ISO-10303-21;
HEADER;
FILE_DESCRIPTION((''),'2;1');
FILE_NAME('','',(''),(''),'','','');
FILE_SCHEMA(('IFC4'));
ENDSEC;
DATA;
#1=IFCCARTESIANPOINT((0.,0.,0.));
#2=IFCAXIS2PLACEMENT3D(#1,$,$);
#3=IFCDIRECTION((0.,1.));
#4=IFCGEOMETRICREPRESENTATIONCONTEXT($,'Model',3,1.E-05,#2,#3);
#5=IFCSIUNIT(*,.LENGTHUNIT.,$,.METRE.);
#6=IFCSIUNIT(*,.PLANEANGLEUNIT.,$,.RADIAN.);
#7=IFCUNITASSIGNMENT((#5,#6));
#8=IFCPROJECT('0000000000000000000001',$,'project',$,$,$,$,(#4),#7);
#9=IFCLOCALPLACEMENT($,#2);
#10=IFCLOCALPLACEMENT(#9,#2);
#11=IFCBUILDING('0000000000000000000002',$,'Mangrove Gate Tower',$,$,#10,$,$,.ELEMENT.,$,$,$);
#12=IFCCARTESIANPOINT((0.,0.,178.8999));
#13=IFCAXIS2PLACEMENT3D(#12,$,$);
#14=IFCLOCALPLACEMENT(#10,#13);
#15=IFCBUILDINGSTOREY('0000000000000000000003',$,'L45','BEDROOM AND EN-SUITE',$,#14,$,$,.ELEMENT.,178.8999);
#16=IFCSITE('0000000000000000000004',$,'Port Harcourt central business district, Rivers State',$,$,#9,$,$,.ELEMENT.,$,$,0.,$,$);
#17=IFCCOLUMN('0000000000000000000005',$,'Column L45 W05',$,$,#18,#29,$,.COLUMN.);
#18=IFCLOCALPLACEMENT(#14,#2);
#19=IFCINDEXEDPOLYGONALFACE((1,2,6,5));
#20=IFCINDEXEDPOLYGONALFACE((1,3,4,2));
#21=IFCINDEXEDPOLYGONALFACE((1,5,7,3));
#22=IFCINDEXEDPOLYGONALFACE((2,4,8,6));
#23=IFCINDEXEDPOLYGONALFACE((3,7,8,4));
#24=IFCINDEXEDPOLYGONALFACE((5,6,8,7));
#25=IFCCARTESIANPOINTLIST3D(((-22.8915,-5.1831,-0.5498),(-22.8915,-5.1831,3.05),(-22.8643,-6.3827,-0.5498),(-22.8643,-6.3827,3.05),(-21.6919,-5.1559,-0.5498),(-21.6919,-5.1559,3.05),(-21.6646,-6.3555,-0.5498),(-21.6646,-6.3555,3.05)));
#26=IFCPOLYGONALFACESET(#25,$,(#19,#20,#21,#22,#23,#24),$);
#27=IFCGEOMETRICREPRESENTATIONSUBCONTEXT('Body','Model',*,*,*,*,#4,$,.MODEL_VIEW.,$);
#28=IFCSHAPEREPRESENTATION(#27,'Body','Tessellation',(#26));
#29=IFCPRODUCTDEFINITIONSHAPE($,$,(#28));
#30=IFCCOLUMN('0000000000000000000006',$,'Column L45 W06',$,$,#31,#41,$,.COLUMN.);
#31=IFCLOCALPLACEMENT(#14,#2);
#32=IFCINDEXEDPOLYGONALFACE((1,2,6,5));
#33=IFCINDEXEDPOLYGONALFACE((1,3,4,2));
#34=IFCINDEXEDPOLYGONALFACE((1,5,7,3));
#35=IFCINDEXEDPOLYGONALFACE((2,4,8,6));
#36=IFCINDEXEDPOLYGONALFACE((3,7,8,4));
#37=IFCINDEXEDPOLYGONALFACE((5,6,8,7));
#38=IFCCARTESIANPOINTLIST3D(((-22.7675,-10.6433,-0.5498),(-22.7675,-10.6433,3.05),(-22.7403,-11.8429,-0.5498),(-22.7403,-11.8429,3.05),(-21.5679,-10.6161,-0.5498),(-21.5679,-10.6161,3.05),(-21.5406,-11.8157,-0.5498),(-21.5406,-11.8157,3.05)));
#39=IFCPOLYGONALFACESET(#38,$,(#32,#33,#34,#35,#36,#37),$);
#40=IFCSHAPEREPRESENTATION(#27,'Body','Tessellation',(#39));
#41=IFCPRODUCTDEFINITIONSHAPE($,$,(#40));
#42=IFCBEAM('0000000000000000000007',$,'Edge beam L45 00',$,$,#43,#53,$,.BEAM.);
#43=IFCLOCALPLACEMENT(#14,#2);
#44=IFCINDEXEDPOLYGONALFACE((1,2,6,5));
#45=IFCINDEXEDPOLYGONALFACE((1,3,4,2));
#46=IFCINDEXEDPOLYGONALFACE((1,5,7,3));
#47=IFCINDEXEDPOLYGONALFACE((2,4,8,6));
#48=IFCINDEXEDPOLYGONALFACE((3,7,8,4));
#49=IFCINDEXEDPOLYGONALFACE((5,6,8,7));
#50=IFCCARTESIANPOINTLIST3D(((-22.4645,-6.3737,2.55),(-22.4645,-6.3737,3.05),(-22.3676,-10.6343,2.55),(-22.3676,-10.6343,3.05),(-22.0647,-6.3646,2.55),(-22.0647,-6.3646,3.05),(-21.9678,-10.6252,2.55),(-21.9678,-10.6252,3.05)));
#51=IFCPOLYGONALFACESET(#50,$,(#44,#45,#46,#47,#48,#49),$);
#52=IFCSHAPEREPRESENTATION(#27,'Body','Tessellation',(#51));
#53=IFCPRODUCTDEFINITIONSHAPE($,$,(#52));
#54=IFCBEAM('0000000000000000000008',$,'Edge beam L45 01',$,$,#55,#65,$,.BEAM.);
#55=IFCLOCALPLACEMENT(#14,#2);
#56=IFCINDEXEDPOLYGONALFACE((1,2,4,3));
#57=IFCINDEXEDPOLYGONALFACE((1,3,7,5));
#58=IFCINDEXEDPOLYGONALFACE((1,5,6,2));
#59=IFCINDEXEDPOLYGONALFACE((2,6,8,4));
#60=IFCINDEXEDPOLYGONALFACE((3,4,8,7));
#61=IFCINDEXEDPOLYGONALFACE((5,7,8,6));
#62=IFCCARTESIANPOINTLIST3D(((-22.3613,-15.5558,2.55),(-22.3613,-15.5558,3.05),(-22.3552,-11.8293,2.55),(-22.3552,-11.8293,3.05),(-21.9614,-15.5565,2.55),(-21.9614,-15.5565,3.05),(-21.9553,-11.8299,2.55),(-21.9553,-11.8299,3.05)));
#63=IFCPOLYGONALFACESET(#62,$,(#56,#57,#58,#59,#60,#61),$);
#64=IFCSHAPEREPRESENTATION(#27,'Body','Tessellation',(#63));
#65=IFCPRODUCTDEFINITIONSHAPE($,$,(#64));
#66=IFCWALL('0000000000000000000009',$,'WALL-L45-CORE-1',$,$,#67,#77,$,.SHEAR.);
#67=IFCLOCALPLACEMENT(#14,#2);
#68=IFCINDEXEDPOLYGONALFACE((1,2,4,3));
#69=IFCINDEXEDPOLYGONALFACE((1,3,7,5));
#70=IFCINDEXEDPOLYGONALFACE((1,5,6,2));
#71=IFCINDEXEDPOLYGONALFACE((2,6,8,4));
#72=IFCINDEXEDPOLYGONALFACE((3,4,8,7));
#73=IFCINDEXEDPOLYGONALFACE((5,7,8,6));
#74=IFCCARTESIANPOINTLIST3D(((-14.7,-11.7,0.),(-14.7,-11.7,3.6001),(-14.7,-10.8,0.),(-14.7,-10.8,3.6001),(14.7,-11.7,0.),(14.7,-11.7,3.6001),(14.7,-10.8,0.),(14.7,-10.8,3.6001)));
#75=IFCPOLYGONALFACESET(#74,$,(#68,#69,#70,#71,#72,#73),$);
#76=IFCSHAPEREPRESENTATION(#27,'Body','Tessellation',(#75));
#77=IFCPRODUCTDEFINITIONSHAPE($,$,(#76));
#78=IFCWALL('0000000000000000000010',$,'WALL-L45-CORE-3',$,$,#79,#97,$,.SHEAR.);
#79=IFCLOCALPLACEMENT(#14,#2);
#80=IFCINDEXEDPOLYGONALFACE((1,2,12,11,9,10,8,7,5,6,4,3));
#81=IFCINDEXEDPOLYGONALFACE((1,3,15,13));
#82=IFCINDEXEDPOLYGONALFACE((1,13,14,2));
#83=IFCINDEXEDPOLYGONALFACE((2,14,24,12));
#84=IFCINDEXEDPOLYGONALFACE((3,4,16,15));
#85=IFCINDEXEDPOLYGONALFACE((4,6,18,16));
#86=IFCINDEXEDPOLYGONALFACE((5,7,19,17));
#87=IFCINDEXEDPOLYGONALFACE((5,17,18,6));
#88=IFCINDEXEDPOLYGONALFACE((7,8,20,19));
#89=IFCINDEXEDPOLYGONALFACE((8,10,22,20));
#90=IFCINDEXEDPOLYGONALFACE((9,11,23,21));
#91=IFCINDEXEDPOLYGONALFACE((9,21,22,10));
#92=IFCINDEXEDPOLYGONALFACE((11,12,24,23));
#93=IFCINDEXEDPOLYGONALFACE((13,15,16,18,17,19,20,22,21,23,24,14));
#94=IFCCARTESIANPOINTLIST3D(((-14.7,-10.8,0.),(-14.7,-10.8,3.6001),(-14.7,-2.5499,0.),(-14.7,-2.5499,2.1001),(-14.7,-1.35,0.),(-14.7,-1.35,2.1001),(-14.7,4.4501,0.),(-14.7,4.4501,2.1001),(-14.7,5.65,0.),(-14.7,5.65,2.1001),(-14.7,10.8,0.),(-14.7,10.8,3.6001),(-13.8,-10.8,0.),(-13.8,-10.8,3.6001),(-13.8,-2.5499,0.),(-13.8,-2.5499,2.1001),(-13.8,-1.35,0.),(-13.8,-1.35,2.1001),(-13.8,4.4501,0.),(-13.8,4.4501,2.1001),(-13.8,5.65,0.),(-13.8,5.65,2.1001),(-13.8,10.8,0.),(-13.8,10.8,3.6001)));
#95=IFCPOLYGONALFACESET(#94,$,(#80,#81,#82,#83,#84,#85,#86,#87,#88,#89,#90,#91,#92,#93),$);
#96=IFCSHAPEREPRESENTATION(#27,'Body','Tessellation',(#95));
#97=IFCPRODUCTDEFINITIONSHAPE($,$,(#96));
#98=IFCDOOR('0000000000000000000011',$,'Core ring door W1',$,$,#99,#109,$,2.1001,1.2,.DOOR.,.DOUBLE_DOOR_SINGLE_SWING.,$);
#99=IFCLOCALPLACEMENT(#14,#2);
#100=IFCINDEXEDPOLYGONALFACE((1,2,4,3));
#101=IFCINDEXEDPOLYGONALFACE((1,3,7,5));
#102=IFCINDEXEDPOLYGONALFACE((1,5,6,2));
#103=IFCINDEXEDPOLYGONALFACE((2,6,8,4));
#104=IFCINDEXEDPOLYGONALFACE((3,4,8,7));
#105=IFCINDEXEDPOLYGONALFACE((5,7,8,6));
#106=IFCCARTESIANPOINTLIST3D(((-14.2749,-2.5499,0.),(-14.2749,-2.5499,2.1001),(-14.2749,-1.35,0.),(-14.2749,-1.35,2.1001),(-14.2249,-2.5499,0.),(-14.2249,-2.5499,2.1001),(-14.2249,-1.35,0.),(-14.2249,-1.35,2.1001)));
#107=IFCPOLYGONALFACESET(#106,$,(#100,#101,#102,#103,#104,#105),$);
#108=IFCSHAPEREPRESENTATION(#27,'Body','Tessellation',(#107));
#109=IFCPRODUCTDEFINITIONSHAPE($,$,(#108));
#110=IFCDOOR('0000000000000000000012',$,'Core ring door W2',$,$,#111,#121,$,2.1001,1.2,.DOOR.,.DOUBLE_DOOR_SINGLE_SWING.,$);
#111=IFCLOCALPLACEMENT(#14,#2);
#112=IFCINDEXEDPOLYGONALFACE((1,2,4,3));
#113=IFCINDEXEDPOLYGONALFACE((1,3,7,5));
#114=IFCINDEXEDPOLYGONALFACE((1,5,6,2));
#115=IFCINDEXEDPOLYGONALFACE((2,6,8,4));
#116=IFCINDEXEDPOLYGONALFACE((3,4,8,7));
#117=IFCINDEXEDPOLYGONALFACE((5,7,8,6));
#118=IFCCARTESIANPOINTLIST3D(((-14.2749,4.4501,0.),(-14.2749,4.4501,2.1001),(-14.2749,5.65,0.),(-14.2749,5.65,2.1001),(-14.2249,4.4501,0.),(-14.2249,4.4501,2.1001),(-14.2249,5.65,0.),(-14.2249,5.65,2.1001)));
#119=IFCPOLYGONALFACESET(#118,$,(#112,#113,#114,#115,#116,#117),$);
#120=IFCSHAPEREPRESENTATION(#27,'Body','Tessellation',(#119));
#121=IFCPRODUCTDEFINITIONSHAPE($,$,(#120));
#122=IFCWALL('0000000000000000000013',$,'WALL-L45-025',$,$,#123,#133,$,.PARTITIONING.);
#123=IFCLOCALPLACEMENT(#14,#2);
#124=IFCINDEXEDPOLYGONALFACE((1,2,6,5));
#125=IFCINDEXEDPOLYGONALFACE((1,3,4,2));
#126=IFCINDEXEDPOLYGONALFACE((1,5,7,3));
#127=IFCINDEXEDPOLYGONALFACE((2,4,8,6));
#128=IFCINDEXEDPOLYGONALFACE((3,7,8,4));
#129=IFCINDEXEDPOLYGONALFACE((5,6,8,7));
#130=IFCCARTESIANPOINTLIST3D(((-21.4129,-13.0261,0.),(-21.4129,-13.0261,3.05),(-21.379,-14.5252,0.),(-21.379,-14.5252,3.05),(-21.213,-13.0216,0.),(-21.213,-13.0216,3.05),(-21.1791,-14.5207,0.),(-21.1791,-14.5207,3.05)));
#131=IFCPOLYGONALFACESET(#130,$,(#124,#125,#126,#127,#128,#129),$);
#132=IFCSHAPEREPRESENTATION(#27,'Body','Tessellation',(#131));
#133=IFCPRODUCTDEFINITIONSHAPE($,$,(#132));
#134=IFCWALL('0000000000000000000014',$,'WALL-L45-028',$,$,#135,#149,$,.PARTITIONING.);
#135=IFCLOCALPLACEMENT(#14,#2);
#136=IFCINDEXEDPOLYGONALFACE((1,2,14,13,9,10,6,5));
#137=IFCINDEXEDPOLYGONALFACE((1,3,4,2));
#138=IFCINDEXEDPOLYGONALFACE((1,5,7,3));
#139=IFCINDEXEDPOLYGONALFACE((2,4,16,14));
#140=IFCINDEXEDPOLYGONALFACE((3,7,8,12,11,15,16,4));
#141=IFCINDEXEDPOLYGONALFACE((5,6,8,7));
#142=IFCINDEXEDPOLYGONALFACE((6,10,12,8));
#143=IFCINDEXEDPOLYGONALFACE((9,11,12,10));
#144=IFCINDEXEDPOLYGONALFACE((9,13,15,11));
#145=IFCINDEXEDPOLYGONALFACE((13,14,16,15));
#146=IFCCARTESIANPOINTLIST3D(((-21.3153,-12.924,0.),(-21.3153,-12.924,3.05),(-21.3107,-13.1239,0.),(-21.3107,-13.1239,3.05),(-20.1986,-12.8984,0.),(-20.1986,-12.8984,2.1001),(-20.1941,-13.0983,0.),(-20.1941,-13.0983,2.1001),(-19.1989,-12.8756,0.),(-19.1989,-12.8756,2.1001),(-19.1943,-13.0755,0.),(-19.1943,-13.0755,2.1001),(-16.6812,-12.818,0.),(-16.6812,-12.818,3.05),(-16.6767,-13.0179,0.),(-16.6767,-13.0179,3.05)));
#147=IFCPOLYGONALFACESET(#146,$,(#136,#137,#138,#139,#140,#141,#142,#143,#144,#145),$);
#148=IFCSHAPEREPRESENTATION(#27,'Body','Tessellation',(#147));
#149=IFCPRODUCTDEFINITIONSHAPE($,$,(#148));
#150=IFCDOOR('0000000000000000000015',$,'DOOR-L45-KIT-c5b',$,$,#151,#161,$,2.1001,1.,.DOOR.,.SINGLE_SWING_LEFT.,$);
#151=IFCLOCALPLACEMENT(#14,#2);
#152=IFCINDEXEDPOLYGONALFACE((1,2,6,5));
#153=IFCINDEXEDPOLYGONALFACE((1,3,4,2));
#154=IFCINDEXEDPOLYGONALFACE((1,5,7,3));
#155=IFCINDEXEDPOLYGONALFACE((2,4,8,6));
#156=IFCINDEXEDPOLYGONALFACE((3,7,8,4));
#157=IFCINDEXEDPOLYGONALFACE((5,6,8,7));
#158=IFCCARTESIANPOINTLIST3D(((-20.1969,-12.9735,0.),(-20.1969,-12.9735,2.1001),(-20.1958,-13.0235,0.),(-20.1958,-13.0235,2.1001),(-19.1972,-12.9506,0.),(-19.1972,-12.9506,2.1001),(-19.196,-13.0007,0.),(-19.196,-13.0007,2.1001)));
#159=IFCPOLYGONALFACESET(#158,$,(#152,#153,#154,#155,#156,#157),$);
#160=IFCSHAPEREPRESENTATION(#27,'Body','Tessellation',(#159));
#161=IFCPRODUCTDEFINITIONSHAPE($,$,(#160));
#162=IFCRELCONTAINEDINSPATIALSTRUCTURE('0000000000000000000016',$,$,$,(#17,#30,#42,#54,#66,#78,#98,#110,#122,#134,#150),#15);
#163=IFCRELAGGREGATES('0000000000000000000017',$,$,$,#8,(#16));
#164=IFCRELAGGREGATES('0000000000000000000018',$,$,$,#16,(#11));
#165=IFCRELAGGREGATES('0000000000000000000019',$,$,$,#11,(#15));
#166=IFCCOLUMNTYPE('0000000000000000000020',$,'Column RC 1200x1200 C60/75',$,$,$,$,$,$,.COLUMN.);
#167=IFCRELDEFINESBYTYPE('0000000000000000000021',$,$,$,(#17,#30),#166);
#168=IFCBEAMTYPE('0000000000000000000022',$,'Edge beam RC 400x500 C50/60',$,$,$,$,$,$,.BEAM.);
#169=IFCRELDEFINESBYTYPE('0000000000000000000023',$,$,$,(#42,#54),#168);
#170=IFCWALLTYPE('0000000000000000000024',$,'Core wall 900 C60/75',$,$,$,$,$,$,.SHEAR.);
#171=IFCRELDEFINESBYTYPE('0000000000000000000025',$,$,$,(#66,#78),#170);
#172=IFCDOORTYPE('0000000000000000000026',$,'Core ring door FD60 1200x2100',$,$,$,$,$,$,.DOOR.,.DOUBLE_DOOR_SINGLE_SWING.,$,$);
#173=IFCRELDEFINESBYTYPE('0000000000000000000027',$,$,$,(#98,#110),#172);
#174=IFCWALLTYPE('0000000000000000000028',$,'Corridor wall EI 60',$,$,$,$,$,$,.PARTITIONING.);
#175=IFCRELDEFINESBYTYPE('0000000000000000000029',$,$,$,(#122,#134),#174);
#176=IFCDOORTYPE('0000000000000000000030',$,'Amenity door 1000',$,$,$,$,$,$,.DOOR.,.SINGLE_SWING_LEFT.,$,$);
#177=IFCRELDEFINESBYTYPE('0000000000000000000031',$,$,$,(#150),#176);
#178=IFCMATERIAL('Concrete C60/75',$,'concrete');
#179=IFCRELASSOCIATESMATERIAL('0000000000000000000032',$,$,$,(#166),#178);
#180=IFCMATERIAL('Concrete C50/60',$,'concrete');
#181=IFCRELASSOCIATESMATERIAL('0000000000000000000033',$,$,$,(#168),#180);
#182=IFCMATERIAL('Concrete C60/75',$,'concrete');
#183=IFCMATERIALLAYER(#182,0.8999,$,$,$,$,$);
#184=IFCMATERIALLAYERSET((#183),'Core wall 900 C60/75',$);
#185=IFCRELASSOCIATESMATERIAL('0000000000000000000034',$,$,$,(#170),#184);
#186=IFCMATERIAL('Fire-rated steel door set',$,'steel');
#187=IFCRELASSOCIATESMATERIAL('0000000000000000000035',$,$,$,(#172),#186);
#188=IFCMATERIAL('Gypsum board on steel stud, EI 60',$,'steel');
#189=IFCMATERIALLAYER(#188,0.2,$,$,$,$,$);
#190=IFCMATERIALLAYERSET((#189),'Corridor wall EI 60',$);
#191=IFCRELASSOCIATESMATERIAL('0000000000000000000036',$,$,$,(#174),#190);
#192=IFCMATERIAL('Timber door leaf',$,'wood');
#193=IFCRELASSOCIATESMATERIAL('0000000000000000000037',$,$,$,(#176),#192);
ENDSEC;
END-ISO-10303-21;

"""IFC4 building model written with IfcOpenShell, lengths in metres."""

from ifc_helpers import new_model, si_unit, direction, frame, frame_2d, origin, origin_2d, place, context, subcontext, project, spatial, rectangle, extrude, material, layer, layer_set, material_profile, profile_set, type_object, element, fill, save


model = new_model("IFC4")

# Units and contexts
model_context = context("Model", 3, precision=1e-05, world=origin(), true_north=direction((0.0, 1.0)))
body_context = subcontext(model_context, "Body", "Model", "MODEL_VIEW")
ifc_project = project(units=[si_unit("LENGTHUNIT", "METRE"), si_unit("PLANEANGLEUNIT", "RADIAN")], contexts=[model_context])

# Site, building, storey
site_placement = place(None, origin())
site = spatial("IfcSite", under=ifc_project, at=site_placement, Name="Port Harcourt central business district, Rivers State", CompositionType="ELEMENT", RefElevation=0.0)
building_placement = place(site_placement, origin())
building = spatial("IfcBuilding", under=site, at=building_placement, Name="Mangrove Gate Tower", CompositionType="ELEMENT")
storey_placement = place(building_placement, frame((0.0, 0.0, 178.8999)))
storey = spatial("IfcBuildingStorey", under=building, at=storey_placement, Name="L45", Description="BEDROOM AND EN-SUITE", CompositionType="ELEMENT", Elevation=178.8999)

# Columns
ifc_material_1 = material(Name="Concrete C60/75", Category="concrete")
ifc_material_profile_1 = material_profile(ifc_material_1, rectangle(XDim=1.2, YDim=1.2, at=origin_2d()))
ifc_profile_set_1 = profile_set([ifc_material_profile_1], Name="Concrete C60/75")
column_type = type_object("IfcColumnType", Name="Column RC 1200x1200 C60/75", PredefinedType="COLUMN", material=ifc_profile_set_1)
for number, where, z_axis, x_axis, name in (
    (1, (-22.2781, -5.7693, -0.5498), (0.0, 0.0, 1.0), (0.022693, -0.999742, 0.0), "Column L45 W05"),
    (2, (-22.1541, -11.2295, -0.5498), (0.0, 0.0, 1.0), (0.022703, -0.999742, 0.0), "Column L45 W06"),
):
    element("IfcColumn", number, at=place(storey_placement, frame(where, z_axis=z_axis, x_axis=x_axis)), inside=storey, type_object=column_type, Name=name, PredefinedType="COLUMN", context=body_context, shape_type="SweptSolid", body=[
        extrude(rectangle(XDim=1.2, YDim=1.2, at=origin_2d()), origin(), (0.0, 0.0, 1.0), 3.5999),
    ])

# Beams
ifc_material_2 = material(Name="Concrete C50/60", Category="concrete")
ifc_material_profile_2 = material_profile(ifc_material_2, rectangle(XDim=0.3999, YDim=0.5, at=origin_2d()))
ifc_profile_set_2 = profile_set([ifc_material_profile_2], Name="Concrete C50/60")
beam_type = type_object("IfcBeamType", Name="Edge beam RC 400x500 C50/60", PredefinedType="BEAM", material=ifc_profile_set_2)
beam_1_placement = place(storey_placement, frame((-22.2646, -6.3691, 2.8), z_axis=(0.022744, -0.999741, 0.0), x_axis=(0.999741, 0.022744, 0.0)))
element("IfcBeam", 3, at=beam_1_placement, inside=storey, type_object=beam_type, Name="Edge beam L45 00", PredefinedType="BEAM", context=body_context, shape_type="SweptSolid", body=[
    extrude(rectangle(XDim=0.3999, YDim=0.5, at=origin_2d()), origin(), (0.0, 0.0, 1.0), 4.2617),
])
beam_2_placement = place(storey_placement, frame((-22.1553, -11.8296, 2.8), z_axis=(-0.001638, -0.999999, 0.0), x_axis=(0.999999, -0.001638, 0.0)))
element("IfcBeam", 4, at=beam_2_placement, inside=storey, type_object=beam_type, Name="Edge beam L45 01", PredefinedType="BEAM", context=body_context, shape_type="SweptSolid", body=[
    extrude(rectangle(XDim=0.3999, YDim=0.5, at=origin_2d()), origin(), (0.0, 0.0, 1.0), 3.7266),
])

# Wall
ifc_material_3 = material(Name="Concrete C60/75", Category="concrete")
ifc_layer_1 = layer(ifc_material_3, 0.8999)
ifc_layer_set_1 = layer_set([ifc_layer_1], Name="Core wall 900 C60/75")
wall_type_1 = type_object("IfcWallType", Name="Core wall 900 C60/75", PredefinedType="SHEAR", material=ifc_layer_set_1)
wall_1_placement = place(storey_placement, frame((-14.7, -11.25, 0.0), z_axis=(0.0, 0.0, 1.0), x_axis=(1.0, 0.0, 0.0)))
element("IfcWall", 5, at=wall_1_placement, inside=storey, type_object=wall_type_1, Name="WALL-L45-CORE-1", PredefinedType="SHEAR", context=body_context, shape_type="SweptSolid", body=[
    extrude(rectangle(XDim=29.3999, YDim=0.8999, at=frame_2d((14.7, 0.0))), origin(), (0.0, 0.0, 1.0), 3.6001),
])

# Wall, openings, doors
wall_2_placement = place(storey_placement, frame((-14.25, -10.8, 0.0), z_axis=(0.0, 0.0, 1.0), x_axis=(0.0, 1.0, 0.0)))
wall_2 = element("IfcWall", 6, at=wall_2_placement, inside=storey, type_object=wall_type_1, Name="WALL-L45-CORE-3", PredefinedType="SHEAR", context=body_context, shape_type="SweptSolid", body=[
    extrude(rectangle(XDim=21.6001, YDim=0.8999, at=frame_2d((10.8, 0.0))), origin(), (0.0, 0.0, 1.0), 3.6001),
])
opening_1_placement = place(wall_2_placement, frame((8.25, 0.0, 0.0)))
opening_1 = element("IfcOpeningElement", 7, at=opening_1_placement, cuts=wall_2, PredefinedType="OPENING", context=body_context, shape_type="SweptSolid", body=[
    extrude(rectangle(XDim=1.2, YDim=2.1001, at=frame_2d((0.6001, 1.05))), frame((0.0, 0.46, 0.0), z_axis=(0.0, -1.0, 0.0), x_axis=(1.0, 0.0, 0.0)), (0.0, 0.0, 1.0), 0.9199),
])
opening_2_placement = place(wall_2_placement, frame((15.25, 0.0, 0.0)))
opening_2 = element("IfcOpeningElement", 8, at=opening_2_placement, cuts=wall_2, PredefinedType="OPENING", context=body_context, shape_type="SweptSolid", body=[
    extrude(rectangle(XDim=1.2, YDim=2.1001, at=frame_2d((0.6001, 1.05))), frame((0.0, 0.46, 0.0), z_axis=(0.0, -1.0, 0.0), x_axis=(1.0, 0.0, 0.0)), (0.0, 0.0, 1.0), 0.9199),
])
ifc_material_4 = material(Name="Fire-rated steel door set", Category="steel")
door_type_1 = type_object("IfcDoorType", Name="Core ring door FD60 1200x2100", OperationType="DOUBLE_DOOR_SINGLE_SWING", PredefinedType="DOOR", material=ifc_material_4)
door_1_placement = place(opening_1_placement, origin())
door_1 = element("IfcDoor", 9, at=door_1_placement, inside=storey, type_object=door_type_1, Name="Core ring door W1", OperationType="DOUBLE_DOOR_SINGLE_SWING", OverallHeight=2.1001, OverallWidth=1.2, PredefinedType="DOOR", context=body_context, shape_type="SweptSolid", body=[
    extrude(rectangle(XDim=1.2, YDim=2.1001, at=frame_2d((0.6001, 1.05))), frame((0.0, 0.0249, 0.0), z_axis=(0.0, -1.0, 0.0), x_axis=(1.0, 0.0, 0.0)), (0.0, 0.0, 1.0), 0.05),
])
fill(opening_1, door_1)
door_2_placement = place(opening_2_placement, origin())
door_2 = element("IfcDoor", 10, at=door_2_placement, inside=storey, type_object=door_type_1, Name="Core ring door W2", OperationType="DOUBLE_DOOR_SINGLE_SWING", OverallHeight=2.1001, OverallWidth=1.2, PredefinedType="DOOR", context=body_context, shape_type="SweptSolid", body=[
    extrude(rectangle(XDim=1.2, YDim=2.1001, at=frame_2d((0.6001, 1.05))), frame((0.0, 0.0249, 0.0), z_axis=(0.0, -1.0, 0.0), x_axis=(1.0, 0.0, 0.0)), (0.0, 0.0, 1.0), 0.05),
])
fill(opening_2, door_2)

# Wall
ifc_material_5 = material(Name="Gypsum board on steel stud, EI 60", Category="steel")
ifc_layer_2 = layer(ifc_material_5, 0.2)
ifc_layer_set_2 = layer_set([ifc_layer_2], Name="Corridor wall EI 60")
wall_type_2 = type_object("IfcWallType", Name="Corridor wall EI 60", PredefinedType="PARTITIONING", material=ifc_layer_set_2)
wall_3_placement = place(storey_placement, frame((-21.2791, -14.5229, 0.0), z_axis=(0.0, 0.0, 1.0), x_axis=(-0.022633, 0.999744, 0.0)))
element("IfcWall", 11, at=wall_3_placement, inside=storey, type_object=wall_type_2, Name="WALL-L45-025", PredefinedType="PARTITIONING", context=body_context, shape_type="SweptSolid", body=[
    extrude(rectangle(XDim=1.4995, YDim=0.2, at=frame_2d((0.7498, 0.0))), origin(), (0.0, 0.0, 1.0), 3.05),
])

# Wall, opening, door
wall_4_placement = place(storey_placement, frame((-21.313, -13.0239, 0.0), z_axis=(0.0, 0.0, 1.0), x_axis=(0.999739, 0.022859, 0.0)))
wall_4 = element("IfcWall", 12, at=wall_4_placement, inside=storey, type_object=wall_type_2, Name="WALL-L45-028", PredefinedType="PARTITIONING", context=body_context, shape_type="SweptSolid", body=[
    extrude(rectangle(XDim=4.6353, YDim=0.2, at=frame_2d((2.3176, 0.0))), origin(), (0.0, 0.0, 1.0), 3.05),
])
opening_3_placement = place(wall_4_placement, frame((1.1169, 0.0, 0.0)))
opening_3 = element("IfcOpeningElement", 13, at=opening_3_placement, cuts=wall_4, PredefinedType="OPENING", context=body_context, shape_type="SweptSolid", body=[
    extrude(rectangle(XDim=1.0, YDim=2.1001, at=frame_2d((0.5, 1.05))), frame((0.0, 0.1099, 0.0), z_axis=(0.0, -1.0, 0.0), x_axis=(1.0, 0.0, 0.0)), (0.0, 0.0, 1.0), 0.22),
])
ifc_material_6 = material(Name="Timber door leaf", Category="wood")
door_type_2 = type_object("IfcDoorType", Name="Amenity door 1000", OperationType="SINGLE_SWING_LEFT", PredefinedType="DOOR", material=ifc_material_6)
door_3_placement = place(opening_3_placement, origin())
door_3 = element("IfcDoor", 14, at=door_3_placement, inside=storey, type_object=door_type_2, Name="DOOR-L45-KIT-c5b", OperationType="SINGLE_SWING_LEFT", OverallHeight=2.1001, OverallWidth=1.0, PredefinedType="DOOR", context=body_context, shape_type="SweptSolid", body=[
    extrude(rectangle(XDim=1.0, YDim=2.1001, at=frame_2d((0.5, 1.05))), frame((0.0, 0.0249, 0.0), z_axis=(0.0, -1.0, 0.0), x_axis=(1.0, 0.0, 0.0)), (0.0, 0.0, 1.0), 0.05),
])
fill(opening_3, door_3)

save(model, "model.ifc")
